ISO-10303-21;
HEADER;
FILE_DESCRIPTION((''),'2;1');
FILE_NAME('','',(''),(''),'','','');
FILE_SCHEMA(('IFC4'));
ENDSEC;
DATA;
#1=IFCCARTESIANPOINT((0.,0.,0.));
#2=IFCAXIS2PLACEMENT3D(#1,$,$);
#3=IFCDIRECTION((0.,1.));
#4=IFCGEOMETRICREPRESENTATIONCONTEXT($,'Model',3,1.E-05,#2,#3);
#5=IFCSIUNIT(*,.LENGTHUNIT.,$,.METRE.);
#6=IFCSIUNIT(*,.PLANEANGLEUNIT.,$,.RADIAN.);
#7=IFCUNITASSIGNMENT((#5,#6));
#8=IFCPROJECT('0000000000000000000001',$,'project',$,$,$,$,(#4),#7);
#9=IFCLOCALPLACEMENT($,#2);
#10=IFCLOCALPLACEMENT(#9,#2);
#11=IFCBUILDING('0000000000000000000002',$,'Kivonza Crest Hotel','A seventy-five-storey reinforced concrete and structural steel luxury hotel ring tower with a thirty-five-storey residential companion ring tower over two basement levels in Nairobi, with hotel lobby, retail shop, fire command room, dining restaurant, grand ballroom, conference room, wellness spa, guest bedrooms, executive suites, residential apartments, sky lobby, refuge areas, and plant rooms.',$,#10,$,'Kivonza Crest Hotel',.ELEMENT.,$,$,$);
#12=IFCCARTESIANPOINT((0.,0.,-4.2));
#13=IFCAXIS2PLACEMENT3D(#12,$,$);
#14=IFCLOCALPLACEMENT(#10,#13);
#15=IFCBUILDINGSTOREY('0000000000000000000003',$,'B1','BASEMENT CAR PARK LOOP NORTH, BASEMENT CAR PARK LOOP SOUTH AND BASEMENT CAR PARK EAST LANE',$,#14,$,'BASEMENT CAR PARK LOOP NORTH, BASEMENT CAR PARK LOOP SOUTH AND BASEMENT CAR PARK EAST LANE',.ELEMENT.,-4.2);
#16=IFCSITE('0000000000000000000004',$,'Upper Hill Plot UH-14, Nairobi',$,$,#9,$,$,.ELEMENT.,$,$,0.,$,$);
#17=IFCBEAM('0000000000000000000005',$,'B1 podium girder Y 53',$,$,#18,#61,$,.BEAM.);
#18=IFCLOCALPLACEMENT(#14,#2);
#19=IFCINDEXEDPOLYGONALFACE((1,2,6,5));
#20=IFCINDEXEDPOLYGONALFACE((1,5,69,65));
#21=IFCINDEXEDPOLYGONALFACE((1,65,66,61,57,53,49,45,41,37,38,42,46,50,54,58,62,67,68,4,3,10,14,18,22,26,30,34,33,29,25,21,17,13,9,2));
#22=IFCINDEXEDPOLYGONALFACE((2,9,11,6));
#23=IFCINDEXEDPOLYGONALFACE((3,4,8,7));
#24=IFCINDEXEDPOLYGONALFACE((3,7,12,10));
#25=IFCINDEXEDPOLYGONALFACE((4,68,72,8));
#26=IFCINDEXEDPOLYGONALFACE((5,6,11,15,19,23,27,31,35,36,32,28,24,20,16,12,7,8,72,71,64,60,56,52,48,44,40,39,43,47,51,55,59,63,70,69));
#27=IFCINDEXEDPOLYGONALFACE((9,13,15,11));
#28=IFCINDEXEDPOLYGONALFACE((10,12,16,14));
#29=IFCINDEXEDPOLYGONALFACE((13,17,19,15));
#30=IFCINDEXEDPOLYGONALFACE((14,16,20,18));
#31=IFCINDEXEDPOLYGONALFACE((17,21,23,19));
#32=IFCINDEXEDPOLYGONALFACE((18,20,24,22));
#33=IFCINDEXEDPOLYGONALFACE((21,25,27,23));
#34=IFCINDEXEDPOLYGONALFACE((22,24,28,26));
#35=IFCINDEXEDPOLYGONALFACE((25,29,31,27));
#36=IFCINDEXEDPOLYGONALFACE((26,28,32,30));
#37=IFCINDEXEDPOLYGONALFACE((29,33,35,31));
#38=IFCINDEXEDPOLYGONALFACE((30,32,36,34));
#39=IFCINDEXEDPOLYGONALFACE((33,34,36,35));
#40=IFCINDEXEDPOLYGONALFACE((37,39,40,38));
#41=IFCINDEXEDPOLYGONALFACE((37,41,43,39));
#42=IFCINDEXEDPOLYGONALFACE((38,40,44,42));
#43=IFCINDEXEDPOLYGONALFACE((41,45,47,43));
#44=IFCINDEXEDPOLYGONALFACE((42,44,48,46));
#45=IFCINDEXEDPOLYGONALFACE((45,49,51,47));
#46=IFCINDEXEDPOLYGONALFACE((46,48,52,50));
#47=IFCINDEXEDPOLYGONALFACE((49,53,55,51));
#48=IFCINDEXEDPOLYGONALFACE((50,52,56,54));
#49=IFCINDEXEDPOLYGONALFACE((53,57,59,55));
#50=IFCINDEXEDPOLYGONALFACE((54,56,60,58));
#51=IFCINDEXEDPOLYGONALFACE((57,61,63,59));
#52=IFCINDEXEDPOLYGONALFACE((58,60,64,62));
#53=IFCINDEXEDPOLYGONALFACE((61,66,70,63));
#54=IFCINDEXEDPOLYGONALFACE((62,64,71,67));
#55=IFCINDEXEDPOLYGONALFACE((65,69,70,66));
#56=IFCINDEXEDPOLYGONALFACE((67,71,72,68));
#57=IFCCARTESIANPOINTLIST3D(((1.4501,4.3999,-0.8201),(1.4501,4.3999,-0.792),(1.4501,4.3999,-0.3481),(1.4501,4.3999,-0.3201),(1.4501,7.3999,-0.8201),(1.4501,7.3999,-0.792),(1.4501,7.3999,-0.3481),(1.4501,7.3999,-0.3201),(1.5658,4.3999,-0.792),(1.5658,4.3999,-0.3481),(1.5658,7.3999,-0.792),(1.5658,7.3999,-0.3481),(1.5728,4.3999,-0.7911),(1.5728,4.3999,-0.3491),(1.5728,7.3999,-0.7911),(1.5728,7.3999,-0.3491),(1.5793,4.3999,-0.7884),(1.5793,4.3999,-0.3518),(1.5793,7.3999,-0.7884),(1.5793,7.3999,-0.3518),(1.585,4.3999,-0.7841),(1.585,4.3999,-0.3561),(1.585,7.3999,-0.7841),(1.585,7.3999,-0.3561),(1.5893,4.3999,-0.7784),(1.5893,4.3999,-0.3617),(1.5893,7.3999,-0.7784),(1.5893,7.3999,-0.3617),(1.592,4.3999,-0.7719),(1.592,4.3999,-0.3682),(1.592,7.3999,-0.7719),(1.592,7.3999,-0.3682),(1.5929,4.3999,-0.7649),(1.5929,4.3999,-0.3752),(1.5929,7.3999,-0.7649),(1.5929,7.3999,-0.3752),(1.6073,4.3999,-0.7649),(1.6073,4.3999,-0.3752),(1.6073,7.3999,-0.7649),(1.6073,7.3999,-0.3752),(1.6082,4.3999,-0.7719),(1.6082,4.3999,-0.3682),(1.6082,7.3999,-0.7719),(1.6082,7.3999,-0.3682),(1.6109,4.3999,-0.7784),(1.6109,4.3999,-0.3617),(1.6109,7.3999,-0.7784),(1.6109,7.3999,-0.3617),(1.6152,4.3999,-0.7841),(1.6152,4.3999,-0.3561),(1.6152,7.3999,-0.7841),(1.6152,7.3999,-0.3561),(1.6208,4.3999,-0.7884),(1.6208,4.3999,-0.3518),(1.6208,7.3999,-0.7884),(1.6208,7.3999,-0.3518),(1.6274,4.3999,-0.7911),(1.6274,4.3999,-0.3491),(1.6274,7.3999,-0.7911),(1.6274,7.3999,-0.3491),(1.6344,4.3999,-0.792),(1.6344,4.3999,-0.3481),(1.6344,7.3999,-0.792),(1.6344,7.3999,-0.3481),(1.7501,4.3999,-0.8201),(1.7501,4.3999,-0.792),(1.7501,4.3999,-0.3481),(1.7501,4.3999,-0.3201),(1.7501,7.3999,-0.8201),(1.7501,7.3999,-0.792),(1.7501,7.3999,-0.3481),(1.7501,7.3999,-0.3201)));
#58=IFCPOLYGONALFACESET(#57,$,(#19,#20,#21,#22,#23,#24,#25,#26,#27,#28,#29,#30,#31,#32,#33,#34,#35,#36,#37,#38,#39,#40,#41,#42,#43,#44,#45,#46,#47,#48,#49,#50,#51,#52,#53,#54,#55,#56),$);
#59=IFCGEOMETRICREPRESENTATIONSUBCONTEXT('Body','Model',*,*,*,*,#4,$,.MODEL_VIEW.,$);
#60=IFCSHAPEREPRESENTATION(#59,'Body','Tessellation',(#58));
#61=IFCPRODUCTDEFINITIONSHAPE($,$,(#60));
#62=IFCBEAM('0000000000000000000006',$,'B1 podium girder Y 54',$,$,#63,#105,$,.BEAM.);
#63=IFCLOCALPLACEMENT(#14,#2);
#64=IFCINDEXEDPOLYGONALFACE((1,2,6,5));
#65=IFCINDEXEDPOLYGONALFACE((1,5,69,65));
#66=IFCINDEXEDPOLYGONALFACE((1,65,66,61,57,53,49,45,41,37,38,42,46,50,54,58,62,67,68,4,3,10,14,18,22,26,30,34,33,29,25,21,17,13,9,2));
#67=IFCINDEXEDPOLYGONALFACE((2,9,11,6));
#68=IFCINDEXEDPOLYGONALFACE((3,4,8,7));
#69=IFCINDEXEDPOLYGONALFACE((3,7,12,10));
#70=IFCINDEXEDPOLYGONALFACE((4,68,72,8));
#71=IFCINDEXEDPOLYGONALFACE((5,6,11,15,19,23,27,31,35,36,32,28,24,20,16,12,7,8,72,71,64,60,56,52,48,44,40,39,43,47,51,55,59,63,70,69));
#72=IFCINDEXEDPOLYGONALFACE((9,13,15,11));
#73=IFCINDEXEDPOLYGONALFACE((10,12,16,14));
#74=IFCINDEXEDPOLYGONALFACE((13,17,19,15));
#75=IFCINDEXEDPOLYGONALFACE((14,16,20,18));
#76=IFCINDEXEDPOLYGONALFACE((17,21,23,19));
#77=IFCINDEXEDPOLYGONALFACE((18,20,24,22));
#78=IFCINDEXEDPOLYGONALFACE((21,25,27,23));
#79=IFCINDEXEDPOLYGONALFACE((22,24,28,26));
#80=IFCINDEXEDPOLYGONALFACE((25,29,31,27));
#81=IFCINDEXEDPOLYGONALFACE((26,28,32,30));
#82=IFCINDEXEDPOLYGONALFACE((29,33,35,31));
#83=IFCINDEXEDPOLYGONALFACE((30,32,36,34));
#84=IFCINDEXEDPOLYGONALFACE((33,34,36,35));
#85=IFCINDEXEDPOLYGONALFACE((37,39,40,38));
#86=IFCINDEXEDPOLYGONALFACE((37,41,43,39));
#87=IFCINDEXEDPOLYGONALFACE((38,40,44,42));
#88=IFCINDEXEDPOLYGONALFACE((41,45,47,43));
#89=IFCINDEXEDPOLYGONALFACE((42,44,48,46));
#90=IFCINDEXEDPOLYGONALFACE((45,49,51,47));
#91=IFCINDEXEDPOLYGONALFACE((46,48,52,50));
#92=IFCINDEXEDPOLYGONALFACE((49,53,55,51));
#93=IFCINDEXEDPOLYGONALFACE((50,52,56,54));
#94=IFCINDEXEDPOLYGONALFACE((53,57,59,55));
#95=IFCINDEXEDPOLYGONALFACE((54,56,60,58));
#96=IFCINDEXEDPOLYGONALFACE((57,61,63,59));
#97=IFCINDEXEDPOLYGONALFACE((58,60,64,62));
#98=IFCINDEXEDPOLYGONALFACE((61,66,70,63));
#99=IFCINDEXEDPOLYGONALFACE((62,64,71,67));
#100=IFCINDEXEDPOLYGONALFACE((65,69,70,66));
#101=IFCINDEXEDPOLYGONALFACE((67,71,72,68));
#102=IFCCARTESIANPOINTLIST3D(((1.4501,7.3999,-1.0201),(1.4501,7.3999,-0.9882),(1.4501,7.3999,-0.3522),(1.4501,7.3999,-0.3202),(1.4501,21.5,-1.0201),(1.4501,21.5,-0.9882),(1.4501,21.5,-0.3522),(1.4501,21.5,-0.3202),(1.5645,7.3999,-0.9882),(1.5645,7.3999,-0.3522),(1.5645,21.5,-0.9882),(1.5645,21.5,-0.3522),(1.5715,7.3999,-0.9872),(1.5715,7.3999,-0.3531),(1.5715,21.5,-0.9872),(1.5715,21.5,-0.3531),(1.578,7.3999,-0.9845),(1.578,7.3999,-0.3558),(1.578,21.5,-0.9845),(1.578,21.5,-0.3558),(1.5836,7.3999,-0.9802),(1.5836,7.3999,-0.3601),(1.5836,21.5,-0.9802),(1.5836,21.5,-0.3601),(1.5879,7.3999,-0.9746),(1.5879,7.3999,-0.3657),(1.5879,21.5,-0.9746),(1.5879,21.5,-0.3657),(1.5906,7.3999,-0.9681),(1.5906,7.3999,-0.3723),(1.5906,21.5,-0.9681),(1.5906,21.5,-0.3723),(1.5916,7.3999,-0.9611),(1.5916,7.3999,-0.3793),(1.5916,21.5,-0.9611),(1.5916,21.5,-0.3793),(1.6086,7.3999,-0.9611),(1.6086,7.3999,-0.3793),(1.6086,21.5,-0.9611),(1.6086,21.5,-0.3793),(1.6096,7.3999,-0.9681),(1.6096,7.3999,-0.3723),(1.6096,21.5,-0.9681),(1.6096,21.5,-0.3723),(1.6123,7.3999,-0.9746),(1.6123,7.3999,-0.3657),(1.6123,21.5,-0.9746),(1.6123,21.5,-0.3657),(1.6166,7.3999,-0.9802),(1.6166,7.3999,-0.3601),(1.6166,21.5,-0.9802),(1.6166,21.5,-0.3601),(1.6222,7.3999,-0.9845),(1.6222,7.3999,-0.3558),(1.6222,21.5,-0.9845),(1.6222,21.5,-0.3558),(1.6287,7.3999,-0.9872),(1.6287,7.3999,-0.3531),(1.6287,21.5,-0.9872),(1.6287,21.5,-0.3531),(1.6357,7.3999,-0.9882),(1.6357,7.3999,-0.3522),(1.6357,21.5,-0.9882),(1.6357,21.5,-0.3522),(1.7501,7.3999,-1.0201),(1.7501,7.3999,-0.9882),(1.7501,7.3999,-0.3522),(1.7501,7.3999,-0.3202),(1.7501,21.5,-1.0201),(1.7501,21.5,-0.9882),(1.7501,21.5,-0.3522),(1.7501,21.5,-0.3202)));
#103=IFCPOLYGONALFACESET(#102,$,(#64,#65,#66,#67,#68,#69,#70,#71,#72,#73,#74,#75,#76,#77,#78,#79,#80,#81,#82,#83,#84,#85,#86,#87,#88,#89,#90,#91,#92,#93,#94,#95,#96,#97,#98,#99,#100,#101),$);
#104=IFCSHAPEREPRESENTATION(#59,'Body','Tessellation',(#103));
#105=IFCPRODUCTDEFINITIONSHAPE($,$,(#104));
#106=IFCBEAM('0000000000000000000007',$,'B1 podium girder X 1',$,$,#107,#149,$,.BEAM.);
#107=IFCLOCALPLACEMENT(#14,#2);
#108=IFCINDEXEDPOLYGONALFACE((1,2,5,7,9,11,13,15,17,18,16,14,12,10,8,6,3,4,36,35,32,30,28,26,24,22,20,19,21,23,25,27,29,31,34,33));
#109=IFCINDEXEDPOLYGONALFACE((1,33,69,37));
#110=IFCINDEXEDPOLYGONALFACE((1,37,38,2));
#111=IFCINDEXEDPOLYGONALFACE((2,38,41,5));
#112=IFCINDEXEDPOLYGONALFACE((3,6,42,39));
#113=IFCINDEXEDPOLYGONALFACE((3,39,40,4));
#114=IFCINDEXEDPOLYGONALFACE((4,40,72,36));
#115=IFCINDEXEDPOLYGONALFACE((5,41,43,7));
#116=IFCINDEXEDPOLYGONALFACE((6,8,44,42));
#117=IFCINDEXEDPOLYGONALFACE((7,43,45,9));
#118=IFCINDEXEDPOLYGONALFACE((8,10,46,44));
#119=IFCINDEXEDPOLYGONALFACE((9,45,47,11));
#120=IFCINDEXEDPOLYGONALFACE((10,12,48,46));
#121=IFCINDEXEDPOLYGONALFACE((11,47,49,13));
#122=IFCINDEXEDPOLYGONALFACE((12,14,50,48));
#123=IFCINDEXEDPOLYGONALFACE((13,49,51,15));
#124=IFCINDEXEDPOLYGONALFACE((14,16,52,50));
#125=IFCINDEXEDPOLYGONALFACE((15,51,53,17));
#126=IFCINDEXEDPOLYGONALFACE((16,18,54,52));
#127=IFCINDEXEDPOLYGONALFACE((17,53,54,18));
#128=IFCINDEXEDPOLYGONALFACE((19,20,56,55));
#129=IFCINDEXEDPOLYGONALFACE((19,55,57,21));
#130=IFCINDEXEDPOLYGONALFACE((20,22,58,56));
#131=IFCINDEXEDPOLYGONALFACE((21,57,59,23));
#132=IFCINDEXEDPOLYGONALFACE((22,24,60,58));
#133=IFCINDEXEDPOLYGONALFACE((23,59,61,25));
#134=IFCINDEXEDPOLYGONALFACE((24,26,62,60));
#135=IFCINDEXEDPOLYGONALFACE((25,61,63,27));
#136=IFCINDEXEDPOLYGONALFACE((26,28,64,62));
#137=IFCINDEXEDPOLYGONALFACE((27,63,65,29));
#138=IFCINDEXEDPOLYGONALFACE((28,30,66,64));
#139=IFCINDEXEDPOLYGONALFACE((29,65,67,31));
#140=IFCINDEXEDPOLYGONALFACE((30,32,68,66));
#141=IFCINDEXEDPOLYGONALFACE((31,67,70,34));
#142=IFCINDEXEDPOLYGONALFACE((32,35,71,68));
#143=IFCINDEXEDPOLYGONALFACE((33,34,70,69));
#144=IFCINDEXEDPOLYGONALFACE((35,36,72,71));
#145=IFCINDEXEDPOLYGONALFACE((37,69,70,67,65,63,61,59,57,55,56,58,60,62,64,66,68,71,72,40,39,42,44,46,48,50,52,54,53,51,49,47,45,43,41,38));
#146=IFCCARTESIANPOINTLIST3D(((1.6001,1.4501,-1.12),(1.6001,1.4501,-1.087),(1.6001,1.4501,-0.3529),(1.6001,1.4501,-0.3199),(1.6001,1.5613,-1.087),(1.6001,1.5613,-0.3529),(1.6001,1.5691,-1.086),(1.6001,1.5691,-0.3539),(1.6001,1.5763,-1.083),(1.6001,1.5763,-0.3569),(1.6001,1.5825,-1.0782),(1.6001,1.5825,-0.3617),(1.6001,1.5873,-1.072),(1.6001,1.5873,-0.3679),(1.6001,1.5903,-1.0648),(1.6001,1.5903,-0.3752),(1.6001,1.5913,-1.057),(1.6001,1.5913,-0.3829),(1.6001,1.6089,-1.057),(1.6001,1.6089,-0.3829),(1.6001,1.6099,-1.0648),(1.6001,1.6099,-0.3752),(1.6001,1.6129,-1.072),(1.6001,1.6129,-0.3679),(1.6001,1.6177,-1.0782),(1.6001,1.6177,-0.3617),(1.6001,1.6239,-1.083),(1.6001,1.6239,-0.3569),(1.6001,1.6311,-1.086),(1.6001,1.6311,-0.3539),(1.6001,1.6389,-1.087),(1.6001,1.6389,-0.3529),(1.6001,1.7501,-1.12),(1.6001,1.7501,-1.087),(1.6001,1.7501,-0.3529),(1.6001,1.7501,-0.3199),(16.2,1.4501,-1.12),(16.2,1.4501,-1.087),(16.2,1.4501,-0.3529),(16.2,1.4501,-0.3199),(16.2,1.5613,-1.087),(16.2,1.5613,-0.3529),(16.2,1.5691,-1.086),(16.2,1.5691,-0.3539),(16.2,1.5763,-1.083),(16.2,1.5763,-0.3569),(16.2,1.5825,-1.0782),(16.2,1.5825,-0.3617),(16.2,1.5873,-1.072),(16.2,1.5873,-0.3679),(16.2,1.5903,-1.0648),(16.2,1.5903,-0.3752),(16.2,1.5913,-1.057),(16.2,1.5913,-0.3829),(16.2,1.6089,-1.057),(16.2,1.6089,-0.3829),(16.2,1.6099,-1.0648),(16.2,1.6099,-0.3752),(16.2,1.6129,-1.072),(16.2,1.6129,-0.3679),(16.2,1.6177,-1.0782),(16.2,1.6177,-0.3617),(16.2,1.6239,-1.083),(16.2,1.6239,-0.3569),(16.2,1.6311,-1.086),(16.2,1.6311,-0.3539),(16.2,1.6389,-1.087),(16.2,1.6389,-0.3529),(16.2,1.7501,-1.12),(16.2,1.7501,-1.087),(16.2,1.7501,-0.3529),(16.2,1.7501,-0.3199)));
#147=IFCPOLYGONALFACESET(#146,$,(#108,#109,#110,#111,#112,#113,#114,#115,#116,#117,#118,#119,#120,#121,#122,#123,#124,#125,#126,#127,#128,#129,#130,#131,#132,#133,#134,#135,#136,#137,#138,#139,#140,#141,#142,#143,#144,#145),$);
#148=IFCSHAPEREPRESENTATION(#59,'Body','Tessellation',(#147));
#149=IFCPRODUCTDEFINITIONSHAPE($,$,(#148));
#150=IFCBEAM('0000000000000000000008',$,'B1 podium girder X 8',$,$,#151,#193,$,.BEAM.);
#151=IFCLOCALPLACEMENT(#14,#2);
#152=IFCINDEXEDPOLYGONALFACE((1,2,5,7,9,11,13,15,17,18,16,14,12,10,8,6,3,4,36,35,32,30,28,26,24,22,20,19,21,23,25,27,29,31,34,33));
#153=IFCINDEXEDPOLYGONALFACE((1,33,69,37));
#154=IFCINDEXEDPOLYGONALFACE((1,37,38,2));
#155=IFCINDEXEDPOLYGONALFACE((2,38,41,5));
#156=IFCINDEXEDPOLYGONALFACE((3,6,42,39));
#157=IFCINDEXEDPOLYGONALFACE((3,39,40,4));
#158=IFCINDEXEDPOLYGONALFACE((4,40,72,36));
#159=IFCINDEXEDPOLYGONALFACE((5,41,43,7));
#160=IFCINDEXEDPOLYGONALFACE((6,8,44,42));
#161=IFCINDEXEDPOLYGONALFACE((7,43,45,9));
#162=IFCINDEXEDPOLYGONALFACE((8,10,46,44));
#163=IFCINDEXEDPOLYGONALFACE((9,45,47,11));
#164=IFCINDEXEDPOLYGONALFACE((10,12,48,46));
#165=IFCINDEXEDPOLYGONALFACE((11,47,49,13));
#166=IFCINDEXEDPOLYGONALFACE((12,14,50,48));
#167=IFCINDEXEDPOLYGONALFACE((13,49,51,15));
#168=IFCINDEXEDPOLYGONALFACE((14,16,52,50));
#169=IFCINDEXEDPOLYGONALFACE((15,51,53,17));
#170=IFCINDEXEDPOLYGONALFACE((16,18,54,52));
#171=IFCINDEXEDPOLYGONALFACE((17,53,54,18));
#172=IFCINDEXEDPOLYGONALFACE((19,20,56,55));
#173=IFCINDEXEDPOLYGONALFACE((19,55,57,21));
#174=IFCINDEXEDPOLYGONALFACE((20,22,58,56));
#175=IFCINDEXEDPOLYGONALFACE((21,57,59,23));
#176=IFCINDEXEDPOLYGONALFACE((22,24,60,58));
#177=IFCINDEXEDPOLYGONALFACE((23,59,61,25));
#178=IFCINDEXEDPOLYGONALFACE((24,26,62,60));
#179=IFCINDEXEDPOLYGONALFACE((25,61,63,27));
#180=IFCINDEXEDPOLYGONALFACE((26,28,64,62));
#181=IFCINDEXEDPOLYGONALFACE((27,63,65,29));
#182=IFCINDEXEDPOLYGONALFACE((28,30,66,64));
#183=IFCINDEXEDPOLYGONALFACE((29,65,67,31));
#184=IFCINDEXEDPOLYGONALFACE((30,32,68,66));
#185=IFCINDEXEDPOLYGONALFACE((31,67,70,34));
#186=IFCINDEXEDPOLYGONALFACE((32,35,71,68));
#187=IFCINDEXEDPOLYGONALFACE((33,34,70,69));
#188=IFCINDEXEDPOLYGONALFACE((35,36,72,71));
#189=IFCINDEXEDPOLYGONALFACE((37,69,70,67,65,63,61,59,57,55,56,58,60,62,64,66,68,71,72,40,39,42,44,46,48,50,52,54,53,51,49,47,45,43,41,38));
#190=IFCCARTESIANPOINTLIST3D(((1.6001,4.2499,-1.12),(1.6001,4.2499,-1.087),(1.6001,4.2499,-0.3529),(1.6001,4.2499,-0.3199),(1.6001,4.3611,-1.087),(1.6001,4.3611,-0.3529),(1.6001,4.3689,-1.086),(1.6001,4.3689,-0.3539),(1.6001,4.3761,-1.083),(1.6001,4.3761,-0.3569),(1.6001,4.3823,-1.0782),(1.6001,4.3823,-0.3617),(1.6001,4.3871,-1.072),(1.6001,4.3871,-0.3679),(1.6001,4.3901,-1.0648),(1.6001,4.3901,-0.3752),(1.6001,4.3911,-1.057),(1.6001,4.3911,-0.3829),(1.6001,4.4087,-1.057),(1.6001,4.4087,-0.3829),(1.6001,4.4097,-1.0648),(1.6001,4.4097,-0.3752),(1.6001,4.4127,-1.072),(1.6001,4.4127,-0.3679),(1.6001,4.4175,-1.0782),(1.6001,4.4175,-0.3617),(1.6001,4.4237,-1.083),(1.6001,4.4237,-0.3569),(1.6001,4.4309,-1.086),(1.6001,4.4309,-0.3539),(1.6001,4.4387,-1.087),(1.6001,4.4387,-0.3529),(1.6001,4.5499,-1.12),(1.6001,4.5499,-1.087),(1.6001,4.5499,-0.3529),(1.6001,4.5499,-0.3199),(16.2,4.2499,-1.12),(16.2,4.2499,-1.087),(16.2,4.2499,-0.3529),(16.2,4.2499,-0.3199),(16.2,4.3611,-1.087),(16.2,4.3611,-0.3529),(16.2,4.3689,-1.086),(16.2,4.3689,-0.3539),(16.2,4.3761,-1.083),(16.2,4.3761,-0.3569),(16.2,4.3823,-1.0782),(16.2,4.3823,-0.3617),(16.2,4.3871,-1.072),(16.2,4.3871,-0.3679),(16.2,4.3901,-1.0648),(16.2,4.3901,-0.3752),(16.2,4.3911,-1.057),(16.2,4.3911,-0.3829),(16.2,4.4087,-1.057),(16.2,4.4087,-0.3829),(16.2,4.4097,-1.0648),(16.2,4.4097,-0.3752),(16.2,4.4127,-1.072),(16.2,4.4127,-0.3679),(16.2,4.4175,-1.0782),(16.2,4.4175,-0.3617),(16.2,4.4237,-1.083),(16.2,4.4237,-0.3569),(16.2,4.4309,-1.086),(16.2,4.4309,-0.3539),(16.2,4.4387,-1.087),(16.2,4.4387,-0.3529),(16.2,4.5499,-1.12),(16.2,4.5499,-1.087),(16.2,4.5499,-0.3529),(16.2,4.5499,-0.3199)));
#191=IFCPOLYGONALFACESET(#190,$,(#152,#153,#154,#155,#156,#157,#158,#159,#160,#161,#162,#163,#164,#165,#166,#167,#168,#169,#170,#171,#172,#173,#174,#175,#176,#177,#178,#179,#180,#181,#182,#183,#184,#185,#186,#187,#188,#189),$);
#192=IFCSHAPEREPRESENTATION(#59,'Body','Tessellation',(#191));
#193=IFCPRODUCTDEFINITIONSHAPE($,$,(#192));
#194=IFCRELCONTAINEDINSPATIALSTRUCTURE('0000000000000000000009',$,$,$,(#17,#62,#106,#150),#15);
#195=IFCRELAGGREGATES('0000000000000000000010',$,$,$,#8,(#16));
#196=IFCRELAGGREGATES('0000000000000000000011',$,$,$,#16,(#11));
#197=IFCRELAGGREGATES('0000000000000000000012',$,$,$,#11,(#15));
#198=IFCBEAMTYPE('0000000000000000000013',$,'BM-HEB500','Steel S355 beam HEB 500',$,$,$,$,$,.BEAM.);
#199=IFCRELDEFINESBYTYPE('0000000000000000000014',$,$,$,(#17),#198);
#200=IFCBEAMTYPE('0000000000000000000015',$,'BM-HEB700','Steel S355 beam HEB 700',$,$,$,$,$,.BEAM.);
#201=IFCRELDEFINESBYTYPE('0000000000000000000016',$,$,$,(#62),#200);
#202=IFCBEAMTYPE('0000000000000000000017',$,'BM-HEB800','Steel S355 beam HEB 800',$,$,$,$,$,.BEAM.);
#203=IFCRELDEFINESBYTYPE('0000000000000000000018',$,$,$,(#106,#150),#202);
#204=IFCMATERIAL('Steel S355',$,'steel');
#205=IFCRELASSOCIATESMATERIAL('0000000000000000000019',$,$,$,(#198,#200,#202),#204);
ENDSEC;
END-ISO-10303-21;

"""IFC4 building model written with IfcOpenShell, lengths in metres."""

from ifc_helpers import new_model, si_unit, direction, frame, origin, origin_2d, place, context, subcontext, project, spatial, i_section, extrude, material, material_profile, profile_set, type_object, element, save


model = new_model("IFC4")

# Units and contexts
model_context = context("Model", 3, precision=1e-05, world=origin(), true_north=direction((0.0, 1.0)))
body_context = subcontext(model_context, "Body", "Model", "MODEL_VIEW")
ifc_project = project(units=[si_unit("LENGTHUNIT", "METRE"), si_unit("PLANEANGLEUNIT", "RADIAN")], contexts=[model_context])

# Site, building, storey
site_placement = place(None, origin())
site = spatial("IfcSite", under=ifc_project, at=site_placement, Name="Upper Hill Plot UH-14, Nairobi", CompositionType="ELEMENT", RefElevation=0.0)
building_placement = place(site_placement, origin())
building = spatial("IfcBuilding", under=site, at=building_placement, Name="Kivonza Crest Hotel", Description="A seventy-five-storey reinforced concrete and structural steel luxury hotel ring tower with a thirty-five-storey residential companion ring tower over two basement levels in Nairobi, with hotel lobby, retail shop, fire command room, dining restaurant, grand ballroom, conference room, wellness spa, guest bedrooms, executive suites, residential apartments, sky lobby, refuge areas, and plant rooms.", LongName="Kivonza Crest Hotel", CompositionType="ELEMENT")
storey_placement = place(building_placement, frame((0.0, 0.0, -4.2)))
storey = spatial("IfcBuildingStorey", under=building, at=storey_placement, Name="B1", Description="BASEMENT CAR PARK LOOP NORTH, BASEMENT CAR PARK LOOP SOUTH AND BASEMENT CAR PARK EAST LANE", LongName="BASEMENT CAR PARK LOOP NORTH, BASEMENT CAR PARK LOOP SOUTH AND BASEMENT CAR PARK EAST LANE", CompositionType="ELEMENT", Elevation=-4.2)

# Beams
ifc_material_1 = material(Name="Steel S355", Category="steel")
ifc_material_profile_1 = material_profile(ifc_material_1, i_section(OverallWidth=0.3, OverallDepth=0.5, WebThickness=0.0144, FlangeThickness=0.0281, FilletRadius=0.0271, at=origin_2d()), Name="HEB 500")
ifc_profile_set_1 = profile_set([ifc_material_profile_1], Name="Steel S355")
beam_type_1 = type_object("IfcBeamType", Name="BM-HEB500", Description="Steel S355 beam HEB 500", PredefinedType="BEAM", material=ifc_profile_set_1)
beam_1_placement = place(storey_placement, frame((1.6001, 4.3999, -0.5701), z_axis=(0.0, 1.0, 0.0), x_axis=(-1.0, 0.0, 0.0)))
element("IfcBeam", 1, at=beam_1_placement, inside=storey, type_object=beam_type_1, Name="B1 podium girder Y 53", PredefinedType="BEAM", context=body_context, shape_type="SweptSolid", body=[
    extrude(i_section(OverallWidth=0.3, OverallDepth=0.5, WebThickness=0.0144, FlangeThickness=0.0281, FilletRadius=0.0271, at=origin_2d()), origin(), (0.0, 0.0, 1.0), 3.0),
])
ifc_material_profile_2 = material_profile(ifc_material_1, i_section(OverallWidth=0.3, OverallDepth=0.7, WebThickness=0.0171, FlangeThickness=0.032, FilletRadius=0.0271, at=origin_2d()), Name="HEB 700")
ifc_profile_set_2 = profile_set([ifc_material_profile_2], Name="Steel S355")
beam_type_2 = type_object("IfcBeamType", Name="BM-HEB700", Description="Steel S355 beam HEB 700", PredefinedType="BEAM", material=ifc_profile_set_2)
beam_2_placement = place(storey_placement, frame((1.6001, 7.3999, -0.6702), z_axis=(0.0, 1.0, 0.0), x_axis=(-1.0, 0.0, 0.0)))
element("IfcBeam", 2, at=beam_2_placement, inside=storey, type_object=beam_type_2, Name="B1 podium girder Y 54", PredefinedType="BEAM", context=body_context, shape_type="SweptSolid", body=[
    extrude(i_section(OverallWidth=0.3, OverallDepth=0.7, WebThickness=0.0171, FlangeThickness=0.032, FilletRadius=0.0271, at=origin_2d()), origin(), (0.0, 0.0, 1.0), 14.1001),
])
ifc_material_profile_3 = material_profile(ifc_material_1, i_section(OverallWidth=0.3, OverallDepth=0.8, WebThickness=0.0176, FlangeThickness=0.033, FilletRadius=0.03, at=origin_2d()), Name="HEB 800")
ifc_profile_set_3 = profile_set([ifc_material_profile_3], Name="Steel S355")
beam_type_3 = type_object("IfcBeamType", Name="BM-HEB800", Description="Steel S355 beam HEB 800", PredefinedType="BEAM", material=ifc_profile_set_3)
for number, where, z_axis, x_axis, name in (
    (3, (1.6001, 1.6001, -0.72), (1.0, 0.0, 0.0), (0.0, 1.0, 0.0), "B1 podium girder X 1"),
    (4, (1.6001, 4.3999, -0.72), (1.0, 0.0, 0.0), (0.0, 1.0, 0.0), "B1 podium girder X 8"),
):
    element("IfcBeam", number, at=place(storey_placement, frame(where, z_axis=z_axis, x_axis=x_axis)), inside=storey, type_object=beam_type_3, Name=name, PredefinedType="BEAM", context=body_context, shape_type="SweptSolid", body=[
        extrude(i_section(OverallWidth=0.3, OverallDepth=0.8, WebThickness=0.0176, FlangeThickness=0.033, FilletRadius=0.03, at=origin_2d()), origin(), (0.0, 0.0, 1.0), 14.5999),
    ])

save(model, "model.ifc")
